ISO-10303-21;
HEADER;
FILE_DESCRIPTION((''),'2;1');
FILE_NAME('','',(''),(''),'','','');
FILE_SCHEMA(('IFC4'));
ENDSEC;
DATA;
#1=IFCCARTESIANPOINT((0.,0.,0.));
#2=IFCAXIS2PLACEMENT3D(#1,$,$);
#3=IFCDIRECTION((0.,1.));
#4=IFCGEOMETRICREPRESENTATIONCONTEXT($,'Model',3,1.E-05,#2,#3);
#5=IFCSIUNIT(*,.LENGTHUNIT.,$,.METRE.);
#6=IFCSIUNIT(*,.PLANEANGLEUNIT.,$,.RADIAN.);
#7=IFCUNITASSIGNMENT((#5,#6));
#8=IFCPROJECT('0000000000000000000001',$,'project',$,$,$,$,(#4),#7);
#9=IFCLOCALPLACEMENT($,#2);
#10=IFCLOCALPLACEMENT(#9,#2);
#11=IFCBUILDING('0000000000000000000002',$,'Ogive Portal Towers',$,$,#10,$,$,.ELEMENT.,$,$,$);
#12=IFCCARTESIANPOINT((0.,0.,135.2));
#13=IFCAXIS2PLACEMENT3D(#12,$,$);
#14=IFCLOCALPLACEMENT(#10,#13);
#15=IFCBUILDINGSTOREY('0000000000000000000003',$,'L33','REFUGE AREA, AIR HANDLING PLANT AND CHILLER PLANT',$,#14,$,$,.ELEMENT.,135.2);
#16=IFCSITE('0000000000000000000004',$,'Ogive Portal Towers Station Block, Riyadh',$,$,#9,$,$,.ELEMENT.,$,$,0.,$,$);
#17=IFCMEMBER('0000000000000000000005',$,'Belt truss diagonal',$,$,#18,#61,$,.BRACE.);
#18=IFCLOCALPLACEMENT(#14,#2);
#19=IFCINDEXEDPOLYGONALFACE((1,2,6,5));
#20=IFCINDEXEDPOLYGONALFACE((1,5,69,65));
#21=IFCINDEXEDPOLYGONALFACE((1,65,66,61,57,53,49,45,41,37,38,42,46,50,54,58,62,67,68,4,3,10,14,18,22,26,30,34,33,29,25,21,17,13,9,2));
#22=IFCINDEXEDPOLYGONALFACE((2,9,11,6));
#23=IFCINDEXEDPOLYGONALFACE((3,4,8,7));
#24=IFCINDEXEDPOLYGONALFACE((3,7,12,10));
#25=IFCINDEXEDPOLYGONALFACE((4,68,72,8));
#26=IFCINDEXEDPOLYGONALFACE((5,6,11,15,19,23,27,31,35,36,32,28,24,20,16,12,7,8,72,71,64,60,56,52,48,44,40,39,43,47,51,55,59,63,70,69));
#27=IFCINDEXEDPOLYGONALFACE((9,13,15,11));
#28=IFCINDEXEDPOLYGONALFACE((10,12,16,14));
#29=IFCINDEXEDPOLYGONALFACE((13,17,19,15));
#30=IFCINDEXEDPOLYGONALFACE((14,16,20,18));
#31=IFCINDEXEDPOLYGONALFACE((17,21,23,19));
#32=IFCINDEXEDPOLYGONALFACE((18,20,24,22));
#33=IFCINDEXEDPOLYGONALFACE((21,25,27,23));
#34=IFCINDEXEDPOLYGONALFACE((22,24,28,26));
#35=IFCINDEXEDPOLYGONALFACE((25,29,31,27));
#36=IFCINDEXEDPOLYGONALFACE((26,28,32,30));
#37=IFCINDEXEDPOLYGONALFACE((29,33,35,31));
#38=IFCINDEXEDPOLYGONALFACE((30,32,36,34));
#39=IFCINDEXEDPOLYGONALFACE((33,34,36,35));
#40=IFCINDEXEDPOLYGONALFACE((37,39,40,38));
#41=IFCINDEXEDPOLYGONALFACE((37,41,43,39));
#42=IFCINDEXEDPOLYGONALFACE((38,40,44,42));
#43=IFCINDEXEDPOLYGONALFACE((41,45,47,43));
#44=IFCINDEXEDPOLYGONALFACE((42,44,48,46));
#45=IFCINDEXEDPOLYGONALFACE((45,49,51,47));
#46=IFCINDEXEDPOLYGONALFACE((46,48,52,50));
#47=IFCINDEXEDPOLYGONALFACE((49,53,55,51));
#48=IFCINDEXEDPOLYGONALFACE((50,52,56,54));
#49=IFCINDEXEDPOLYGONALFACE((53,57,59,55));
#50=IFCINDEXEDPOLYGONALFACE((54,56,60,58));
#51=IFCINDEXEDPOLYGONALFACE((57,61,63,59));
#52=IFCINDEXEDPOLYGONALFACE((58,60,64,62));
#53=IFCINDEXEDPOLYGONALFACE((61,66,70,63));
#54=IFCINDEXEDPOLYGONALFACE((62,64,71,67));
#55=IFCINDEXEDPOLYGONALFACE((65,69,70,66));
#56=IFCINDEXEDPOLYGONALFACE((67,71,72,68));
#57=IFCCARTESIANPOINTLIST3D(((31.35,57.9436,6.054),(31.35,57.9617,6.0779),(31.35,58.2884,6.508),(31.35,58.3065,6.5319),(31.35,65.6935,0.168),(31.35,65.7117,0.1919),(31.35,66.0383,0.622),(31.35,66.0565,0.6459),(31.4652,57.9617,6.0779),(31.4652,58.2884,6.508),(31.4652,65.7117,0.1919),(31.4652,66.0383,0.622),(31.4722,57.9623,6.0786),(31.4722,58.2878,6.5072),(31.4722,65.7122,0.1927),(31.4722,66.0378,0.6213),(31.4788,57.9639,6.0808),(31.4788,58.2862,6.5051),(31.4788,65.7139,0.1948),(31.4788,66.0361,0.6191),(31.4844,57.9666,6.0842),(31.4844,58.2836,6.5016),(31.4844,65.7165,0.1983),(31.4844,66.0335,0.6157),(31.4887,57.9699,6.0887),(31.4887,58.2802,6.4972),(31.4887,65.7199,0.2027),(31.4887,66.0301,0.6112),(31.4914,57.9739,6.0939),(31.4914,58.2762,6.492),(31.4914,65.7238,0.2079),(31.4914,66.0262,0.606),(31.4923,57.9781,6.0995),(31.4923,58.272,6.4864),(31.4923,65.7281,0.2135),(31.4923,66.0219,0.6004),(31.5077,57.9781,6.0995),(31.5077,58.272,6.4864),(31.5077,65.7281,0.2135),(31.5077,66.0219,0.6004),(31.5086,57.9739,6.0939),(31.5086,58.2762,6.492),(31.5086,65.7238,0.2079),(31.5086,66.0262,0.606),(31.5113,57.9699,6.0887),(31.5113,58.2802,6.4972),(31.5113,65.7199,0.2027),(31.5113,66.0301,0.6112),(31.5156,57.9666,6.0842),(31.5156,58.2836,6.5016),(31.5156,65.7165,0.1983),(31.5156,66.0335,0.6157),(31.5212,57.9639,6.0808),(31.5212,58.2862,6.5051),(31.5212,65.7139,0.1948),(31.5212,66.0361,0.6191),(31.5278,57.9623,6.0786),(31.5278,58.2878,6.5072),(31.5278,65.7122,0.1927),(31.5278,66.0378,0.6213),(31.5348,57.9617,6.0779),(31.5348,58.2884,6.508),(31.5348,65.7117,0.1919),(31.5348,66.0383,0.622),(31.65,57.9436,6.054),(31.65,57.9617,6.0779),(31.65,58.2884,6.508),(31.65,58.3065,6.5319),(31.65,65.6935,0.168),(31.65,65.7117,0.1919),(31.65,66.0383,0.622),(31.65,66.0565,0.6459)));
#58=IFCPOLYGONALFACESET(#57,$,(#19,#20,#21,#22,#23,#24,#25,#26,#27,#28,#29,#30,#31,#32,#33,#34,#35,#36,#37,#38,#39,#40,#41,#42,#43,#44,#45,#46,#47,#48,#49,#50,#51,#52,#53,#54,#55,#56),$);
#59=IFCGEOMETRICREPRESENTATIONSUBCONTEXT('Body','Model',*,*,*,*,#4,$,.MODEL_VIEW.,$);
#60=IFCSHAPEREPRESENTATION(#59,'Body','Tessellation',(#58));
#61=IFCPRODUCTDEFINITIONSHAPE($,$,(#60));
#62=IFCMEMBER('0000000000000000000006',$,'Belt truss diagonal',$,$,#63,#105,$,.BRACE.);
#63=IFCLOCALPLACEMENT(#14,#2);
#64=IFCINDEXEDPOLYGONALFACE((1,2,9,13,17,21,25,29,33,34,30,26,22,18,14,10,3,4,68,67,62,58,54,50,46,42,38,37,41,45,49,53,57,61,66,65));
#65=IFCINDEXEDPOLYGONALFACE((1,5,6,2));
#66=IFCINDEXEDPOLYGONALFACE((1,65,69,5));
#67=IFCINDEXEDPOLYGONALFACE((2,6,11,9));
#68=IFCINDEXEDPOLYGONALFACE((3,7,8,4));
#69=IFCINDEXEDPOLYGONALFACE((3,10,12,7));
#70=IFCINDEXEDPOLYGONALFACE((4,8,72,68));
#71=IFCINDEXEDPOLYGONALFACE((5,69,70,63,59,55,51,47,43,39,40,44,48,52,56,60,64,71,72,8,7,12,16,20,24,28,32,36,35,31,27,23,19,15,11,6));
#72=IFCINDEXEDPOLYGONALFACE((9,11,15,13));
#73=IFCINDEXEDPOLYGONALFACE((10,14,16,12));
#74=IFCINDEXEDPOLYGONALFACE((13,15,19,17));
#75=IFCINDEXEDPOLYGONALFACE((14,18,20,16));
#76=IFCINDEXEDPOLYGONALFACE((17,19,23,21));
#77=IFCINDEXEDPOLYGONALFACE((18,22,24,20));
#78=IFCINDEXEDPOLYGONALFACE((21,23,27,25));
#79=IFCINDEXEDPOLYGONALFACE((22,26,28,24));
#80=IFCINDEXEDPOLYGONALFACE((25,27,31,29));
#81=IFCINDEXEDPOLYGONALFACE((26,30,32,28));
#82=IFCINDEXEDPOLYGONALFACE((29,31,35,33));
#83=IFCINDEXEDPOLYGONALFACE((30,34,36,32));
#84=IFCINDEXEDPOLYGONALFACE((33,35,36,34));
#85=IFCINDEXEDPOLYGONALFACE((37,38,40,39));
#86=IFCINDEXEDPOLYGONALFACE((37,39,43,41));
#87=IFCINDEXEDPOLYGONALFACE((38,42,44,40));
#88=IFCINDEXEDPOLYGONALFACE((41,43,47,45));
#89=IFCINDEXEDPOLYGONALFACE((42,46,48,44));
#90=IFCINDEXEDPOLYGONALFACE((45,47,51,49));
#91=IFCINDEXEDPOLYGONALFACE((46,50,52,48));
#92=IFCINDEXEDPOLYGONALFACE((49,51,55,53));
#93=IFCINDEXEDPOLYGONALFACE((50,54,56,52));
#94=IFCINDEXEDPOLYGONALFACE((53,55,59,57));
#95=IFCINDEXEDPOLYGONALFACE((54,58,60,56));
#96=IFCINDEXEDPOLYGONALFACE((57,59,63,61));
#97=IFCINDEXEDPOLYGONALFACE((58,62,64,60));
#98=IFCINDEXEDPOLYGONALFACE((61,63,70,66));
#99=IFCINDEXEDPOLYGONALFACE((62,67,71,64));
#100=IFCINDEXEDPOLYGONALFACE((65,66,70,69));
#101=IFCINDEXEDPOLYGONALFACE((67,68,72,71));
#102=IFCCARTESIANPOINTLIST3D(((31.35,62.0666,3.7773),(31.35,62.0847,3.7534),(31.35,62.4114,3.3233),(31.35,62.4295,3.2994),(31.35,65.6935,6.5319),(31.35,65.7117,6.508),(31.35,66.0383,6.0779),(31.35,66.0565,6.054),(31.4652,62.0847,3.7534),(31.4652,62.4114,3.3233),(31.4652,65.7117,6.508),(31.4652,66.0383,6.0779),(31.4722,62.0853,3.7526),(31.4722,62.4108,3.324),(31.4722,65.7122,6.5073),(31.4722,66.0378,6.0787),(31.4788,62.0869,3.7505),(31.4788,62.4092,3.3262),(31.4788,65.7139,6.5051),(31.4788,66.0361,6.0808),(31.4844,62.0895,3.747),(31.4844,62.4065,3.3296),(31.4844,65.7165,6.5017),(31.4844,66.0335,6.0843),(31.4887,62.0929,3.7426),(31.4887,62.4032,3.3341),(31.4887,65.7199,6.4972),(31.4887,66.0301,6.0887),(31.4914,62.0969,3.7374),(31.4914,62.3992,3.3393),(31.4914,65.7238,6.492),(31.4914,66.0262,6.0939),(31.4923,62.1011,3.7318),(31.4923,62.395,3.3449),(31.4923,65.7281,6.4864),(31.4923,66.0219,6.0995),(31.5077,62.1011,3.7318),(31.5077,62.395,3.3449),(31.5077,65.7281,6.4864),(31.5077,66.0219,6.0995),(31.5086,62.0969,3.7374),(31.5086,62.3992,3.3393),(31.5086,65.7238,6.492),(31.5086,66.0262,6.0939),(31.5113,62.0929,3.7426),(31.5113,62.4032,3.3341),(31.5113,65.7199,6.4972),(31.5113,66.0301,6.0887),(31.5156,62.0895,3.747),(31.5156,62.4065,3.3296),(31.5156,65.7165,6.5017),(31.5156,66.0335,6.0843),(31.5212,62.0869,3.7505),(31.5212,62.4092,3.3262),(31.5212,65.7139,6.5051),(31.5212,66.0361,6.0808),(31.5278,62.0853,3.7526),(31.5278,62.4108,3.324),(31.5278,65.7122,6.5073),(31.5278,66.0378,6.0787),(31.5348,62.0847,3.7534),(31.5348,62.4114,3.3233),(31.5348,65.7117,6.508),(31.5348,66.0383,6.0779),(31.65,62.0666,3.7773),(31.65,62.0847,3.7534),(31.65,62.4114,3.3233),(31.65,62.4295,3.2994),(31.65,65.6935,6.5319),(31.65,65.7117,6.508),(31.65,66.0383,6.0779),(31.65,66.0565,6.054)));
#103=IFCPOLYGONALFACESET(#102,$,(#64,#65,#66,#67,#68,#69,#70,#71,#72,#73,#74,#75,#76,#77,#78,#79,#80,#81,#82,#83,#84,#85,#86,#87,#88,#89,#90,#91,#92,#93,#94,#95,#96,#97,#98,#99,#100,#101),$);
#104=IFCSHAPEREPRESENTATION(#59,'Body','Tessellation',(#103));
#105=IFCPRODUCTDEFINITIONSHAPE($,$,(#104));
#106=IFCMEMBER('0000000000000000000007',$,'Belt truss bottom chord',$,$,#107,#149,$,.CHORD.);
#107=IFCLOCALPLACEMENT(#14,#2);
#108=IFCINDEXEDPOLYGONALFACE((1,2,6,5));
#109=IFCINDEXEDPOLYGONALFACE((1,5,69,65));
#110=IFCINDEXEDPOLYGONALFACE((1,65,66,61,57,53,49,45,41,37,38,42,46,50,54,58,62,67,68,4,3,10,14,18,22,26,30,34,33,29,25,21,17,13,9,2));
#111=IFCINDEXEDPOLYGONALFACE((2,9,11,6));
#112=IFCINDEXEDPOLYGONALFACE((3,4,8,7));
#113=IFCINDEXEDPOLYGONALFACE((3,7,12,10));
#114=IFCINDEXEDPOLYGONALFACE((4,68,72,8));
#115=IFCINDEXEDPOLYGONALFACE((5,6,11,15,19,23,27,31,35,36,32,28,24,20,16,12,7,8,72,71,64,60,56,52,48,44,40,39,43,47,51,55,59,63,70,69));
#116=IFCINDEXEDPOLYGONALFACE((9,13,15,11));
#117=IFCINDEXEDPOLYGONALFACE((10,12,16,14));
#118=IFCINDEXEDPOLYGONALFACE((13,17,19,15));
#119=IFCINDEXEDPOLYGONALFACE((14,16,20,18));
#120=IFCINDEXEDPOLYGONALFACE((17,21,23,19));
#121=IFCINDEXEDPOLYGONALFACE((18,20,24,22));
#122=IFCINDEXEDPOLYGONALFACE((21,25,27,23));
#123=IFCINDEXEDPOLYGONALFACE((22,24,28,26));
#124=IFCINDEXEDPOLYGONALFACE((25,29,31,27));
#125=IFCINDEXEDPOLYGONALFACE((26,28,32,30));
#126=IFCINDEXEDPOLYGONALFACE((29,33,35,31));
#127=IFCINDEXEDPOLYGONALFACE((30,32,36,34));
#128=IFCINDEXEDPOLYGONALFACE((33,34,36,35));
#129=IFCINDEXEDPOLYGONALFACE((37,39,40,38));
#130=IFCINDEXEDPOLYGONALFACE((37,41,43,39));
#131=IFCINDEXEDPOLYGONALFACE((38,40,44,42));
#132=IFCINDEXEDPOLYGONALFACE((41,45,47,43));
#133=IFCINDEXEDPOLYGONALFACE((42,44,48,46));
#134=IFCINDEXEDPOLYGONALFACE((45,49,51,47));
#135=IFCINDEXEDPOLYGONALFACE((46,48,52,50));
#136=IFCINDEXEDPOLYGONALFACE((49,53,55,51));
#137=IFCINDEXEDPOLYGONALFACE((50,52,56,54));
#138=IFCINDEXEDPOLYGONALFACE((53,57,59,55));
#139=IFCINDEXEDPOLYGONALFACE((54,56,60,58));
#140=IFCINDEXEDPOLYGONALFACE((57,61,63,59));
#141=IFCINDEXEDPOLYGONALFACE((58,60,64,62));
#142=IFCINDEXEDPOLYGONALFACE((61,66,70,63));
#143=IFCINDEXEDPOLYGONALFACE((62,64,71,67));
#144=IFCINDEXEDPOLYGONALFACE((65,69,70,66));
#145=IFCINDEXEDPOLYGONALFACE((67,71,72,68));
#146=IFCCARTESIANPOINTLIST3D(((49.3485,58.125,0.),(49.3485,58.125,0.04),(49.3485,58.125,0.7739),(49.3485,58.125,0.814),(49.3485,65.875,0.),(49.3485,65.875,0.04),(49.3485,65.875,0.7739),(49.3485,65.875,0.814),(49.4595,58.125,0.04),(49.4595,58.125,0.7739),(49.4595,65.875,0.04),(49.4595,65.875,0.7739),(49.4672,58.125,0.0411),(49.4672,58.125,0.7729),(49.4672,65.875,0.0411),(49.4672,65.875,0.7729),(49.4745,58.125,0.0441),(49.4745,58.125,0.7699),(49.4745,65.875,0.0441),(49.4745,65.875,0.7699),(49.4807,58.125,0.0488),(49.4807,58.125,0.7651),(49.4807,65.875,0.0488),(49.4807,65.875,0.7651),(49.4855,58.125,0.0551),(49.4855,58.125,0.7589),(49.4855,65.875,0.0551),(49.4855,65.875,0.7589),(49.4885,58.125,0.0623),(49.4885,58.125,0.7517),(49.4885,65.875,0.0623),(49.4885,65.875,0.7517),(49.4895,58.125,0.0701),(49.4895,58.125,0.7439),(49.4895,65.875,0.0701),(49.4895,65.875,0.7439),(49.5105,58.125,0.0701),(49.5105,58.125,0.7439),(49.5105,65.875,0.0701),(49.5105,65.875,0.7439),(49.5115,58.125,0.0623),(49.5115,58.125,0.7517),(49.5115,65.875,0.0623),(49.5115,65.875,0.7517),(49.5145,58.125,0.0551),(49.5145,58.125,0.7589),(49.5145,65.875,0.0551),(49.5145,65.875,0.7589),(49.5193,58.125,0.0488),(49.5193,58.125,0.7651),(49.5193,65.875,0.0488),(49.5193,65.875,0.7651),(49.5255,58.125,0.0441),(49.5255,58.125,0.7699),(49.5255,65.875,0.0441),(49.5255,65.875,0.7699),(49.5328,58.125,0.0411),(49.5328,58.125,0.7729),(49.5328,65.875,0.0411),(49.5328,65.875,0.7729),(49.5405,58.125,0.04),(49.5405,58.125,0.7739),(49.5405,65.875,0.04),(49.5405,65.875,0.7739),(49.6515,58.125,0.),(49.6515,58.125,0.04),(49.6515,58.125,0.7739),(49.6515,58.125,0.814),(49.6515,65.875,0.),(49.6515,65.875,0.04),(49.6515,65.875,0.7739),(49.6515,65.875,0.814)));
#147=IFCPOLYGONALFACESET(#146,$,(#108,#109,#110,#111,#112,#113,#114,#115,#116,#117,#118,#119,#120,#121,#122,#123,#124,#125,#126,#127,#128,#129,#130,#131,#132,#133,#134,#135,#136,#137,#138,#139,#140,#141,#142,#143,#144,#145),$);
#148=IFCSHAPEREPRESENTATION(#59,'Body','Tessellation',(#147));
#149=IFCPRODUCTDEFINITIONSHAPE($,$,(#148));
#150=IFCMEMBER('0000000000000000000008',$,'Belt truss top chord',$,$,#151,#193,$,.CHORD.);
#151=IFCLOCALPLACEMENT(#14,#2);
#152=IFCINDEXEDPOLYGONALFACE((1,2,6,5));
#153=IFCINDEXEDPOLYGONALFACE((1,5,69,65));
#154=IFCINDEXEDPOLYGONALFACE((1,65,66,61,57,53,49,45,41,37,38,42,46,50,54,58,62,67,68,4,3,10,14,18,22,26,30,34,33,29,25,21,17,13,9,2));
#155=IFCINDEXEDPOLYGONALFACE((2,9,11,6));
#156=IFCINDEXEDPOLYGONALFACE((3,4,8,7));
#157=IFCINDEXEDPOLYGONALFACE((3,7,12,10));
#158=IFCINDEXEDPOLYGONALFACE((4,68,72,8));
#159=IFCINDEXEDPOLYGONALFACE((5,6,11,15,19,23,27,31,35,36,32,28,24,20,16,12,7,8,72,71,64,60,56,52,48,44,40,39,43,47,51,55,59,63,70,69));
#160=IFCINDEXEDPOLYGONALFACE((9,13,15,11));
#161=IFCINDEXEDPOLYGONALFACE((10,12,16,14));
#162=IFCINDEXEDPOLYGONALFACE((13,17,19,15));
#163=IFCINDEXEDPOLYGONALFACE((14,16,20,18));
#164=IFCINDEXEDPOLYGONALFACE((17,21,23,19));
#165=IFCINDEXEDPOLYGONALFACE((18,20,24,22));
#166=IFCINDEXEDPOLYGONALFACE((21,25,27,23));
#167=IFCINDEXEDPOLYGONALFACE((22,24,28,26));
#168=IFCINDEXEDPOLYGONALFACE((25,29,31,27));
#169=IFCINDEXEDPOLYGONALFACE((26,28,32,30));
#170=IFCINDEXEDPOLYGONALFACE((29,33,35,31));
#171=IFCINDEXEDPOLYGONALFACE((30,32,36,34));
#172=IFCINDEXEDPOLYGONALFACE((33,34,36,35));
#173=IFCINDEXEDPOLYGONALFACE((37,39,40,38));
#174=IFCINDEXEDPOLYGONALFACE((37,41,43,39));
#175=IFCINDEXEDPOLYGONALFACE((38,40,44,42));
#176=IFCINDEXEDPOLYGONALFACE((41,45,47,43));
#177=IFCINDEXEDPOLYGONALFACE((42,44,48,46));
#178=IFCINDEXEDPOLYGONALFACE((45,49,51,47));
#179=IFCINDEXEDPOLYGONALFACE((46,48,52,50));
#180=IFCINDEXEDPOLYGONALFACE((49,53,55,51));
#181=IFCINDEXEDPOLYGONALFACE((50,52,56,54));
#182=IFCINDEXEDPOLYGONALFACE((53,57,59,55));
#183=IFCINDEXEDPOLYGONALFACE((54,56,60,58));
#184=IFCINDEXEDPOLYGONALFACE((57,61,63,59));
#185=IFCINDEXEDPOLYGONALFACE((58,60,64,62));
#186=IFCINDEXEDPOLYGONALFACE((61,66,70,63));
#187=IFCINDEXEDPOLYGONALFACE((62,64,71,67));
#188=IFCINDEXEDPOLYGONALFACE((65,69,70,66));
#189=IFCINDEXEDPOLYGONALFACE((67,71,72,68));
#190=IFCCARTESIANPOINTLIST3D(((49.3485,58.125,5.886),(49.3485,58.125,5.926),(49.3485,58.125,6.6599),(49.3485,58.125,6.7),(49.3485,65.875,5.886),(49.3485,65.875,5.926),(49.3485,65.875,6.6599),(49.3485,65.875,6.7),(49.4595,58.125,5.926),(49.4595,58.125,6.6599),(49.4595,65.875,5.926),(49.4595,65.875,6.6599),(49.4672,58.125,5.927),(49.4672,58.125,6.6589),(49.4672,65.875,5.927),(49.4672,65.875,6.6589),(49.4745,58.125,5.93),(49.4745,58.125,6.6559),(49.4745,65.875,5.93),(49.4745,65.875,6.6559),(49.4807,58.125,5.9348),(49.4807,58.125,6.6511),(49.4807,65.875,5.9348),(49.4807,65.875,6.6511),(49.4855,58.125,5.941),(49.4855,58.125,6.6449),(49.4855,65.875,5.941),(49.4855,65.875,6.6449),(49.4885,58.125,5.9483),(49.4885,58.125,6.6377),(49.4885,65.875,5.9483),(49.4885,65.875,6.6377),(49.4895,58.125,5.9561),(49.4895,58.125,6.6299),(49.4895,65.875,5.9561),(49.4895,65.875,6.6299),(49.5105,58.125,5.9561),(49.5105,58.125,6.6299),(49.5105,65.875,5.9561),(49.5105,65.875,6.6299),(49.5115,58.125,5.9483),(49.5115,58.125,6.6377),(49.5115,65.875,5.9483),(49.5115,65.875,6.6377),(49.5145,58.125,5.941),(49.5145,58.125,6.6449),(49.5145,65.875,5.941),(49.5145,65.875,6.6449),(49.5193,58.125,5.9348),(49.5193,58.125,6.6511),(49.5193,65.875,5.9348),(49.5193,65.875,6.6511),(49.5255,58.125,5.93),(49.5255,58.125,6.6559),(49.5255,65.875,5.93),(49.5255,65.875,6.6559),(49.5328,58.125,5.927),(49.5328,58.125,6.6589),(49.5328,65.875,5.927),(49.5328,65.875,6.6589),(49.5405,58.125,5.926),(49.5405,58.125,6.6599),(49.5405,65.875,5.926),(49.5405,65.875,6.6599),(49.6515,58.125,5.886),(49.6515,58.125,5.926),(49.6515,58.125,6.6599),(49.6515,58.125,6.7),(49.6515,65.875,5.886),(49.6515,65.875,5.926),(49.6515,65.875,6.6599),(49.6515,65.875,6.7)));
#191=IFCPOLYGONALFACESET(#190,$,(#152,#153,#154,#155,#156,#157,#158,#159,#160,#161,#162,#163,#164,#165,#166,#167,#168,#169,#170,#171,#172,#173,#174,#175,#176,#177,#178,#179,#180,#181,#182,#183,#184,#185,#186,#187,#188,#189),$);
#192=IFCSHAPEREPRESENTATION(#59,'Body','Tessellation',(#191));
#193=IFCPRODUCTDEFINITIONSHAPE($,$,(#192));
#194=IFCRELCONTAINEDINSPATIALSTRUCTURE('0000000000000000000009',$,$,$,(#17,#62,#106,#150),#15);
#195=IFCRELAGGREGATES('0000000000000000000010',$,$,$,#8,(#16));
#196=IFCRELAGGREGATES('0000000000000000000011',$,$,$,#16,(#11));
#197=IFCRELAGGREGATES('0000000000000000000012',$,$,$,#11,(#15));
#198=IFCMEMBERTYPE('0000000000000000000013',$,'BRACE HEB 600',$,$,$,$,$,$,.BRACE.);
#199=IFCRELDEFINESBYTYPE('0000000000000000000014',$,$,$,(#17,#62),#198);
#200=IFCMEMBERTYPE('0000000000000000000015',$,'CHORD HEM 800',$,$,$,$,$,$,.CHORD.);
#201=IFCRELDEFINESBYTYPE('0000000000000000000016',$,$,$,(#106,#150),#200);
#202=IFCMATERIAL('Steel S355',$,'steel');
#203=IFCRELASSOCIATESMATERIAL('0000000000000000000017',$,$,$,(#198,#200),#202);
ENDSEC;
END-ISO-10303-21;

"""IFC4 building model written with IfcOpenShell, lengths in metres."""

from ifc_helpers import new_model, si_unit, direction, frame, origin, origin_2d, place, context, subcontext, project, spatial, i_section, extrude, material, material_profile, profile_set, type_object, element, save


model = new_model("IFC4")

# Units and contexts
model_context = context("Model", 3, precision=1e-05, world=origin(), true_north=direction((0.0, 1.0)))
body_context = subcontext(model_context, "Body", "Model", "MODEL_VIEW")
ifc_project = project(units=[si_unit("LENGTHUNIT", "METRE"), si_unit("PLANEANGLEUNIT", "RADIAN")], contexts=[model_context])

# Site, building, storey
site_placement = place(None, origin())
site = spatial("IfcSite", under=ifc_project, at=site_placement, Name="Ogive Portal Towers Station Block, Riyadh", CompositionType="ELEMENT", RefElevation=0.0)
building_placement = place(site_placement, origin())
building = spatial("IfcBuilding", under=site, at=building_placement, Name="Ogive Portal Towers", CompositionType="ELEMENT")
storey_placement = place(building_placement, frame((0.0, 0.0, 135.2)))
storey = spatial("IfcBuildingStorey", under=building, at=storey_placement, Name="L33", Description="REFUGE AREA, AIR HANDLING PLANT AND CHILLER PLANT", CompositionType="ELEMENT", Elevation=135.2)

# Members
ifc_material_1 = material(Name="Steel S355", Category="steel")
ifc_material_profile_1 = material_profile(ifc_material_1, i_section(OverallWidth=0.3, OverallDepth=0.6001, WebThickness=0.0154, FlangeThickness=0.03, FilletRadius=0.0271, at=origin_2d()), Name="HEB 600")
ifc_profile_set_1 = profile_set([ifc_material_profile_1], Name="Steel S355")
member_type_1 = type_object("IfcMemberType", Name="BRACE HEB 600", PredefinedType="BRACE", material=ifc_profile_set_1)
member_1_placement = place(storey_placement, frame((31.5, 65.875, 0.407), z_axis=(0.0, -0.796361, 0.604822), x_axis=(1.0, 0.0, 0.0)))
element("IfcMember", 1, at=member_1_placement, inside=storey, type_object=member_type_1, Name="Belt truss diagonal", PredefinedType="BRACE", context=body_context, shape_type="SweptSolid", body=[
    extrude(i_section(OverallWidth=0.3, OverallDepth=0.6001, WebThickness=0.0154, FlangeThickness=0.03, FilletRadius=0.0271, at=origin_2d()), origin(), (0.0, 0.0, 1.0), 9.7317),
])
member_2_placement = place(storey_placement, frame((31.5, 65.875, 6.293), z_axis=(0.0, -0.796357, -0.604826), x_axis=(1.0, 0.0, 0.0)))
element("IfcMember", 2, at=member_2_placement, inside=storey, type_object=member_type_1, Name="Belt truss diagonal", PredefinedType="BRACE", context=body_context, shape_type="SweptSolid", body=[
    extrude(i_section(OverallWidth=0.3, OverallDepth=0.6001, WebThickness=0.0154, FlangeThickness=0.03, FilletRadius=0.0271, at=origin_2d()), origin(), (0.0, 0.0, 1.0), 4.5544),
])
ifc_material_profile_2 = material_profile(ifc_material_1, i_section(OverallWidth=0.303, OverallDepth=0.814, WebThickness=0.021, FlangeThickness=0.04, FilletRadius=0.03, at=origin_2d()), Name="HEM 800")
ifc_profile_set_2 = profile_set([ifc_material_profile_2], Name="Steel S355")
member_type_2 = type_object("IfcMemberType", Name="CHORD HEM 800", PredefinedType="CHORD", material=ifc_profile_set_2)
for number, where, z_axis, x_axis, name in (
    (3, (49.5, 58.125, 0.407), (0.0, 1.0, 0.0), (-1.0, 0.0, 0.0), "Belt truss bottom chord"),
    (4, (49.5, 58.125, 6.293), (0.0, 1.0, 0.0), (-1.0, 0.0, 0.0), "Belt truss top chord"),
):
    element("IfcMember", number, at=place(storey_placement, frame(where, z_axis=z_axis, x_axis=x_axis)), inside=storey, type_object=member_type_2, Name=name, PredefinedType="CHORD", context=body_context, shape_type="SweptSolid", body=[
        extrude(i_section(OverallWidth=0.303, OverallDepth=0.814, WebThickness=0.021, FlangeThickness=0.04, FilletRadius=0.03, at=origin_2d()), origin(), (0.0, 0.0, 1.0), 7.75),
    ])

save(model, "model.ifc")
